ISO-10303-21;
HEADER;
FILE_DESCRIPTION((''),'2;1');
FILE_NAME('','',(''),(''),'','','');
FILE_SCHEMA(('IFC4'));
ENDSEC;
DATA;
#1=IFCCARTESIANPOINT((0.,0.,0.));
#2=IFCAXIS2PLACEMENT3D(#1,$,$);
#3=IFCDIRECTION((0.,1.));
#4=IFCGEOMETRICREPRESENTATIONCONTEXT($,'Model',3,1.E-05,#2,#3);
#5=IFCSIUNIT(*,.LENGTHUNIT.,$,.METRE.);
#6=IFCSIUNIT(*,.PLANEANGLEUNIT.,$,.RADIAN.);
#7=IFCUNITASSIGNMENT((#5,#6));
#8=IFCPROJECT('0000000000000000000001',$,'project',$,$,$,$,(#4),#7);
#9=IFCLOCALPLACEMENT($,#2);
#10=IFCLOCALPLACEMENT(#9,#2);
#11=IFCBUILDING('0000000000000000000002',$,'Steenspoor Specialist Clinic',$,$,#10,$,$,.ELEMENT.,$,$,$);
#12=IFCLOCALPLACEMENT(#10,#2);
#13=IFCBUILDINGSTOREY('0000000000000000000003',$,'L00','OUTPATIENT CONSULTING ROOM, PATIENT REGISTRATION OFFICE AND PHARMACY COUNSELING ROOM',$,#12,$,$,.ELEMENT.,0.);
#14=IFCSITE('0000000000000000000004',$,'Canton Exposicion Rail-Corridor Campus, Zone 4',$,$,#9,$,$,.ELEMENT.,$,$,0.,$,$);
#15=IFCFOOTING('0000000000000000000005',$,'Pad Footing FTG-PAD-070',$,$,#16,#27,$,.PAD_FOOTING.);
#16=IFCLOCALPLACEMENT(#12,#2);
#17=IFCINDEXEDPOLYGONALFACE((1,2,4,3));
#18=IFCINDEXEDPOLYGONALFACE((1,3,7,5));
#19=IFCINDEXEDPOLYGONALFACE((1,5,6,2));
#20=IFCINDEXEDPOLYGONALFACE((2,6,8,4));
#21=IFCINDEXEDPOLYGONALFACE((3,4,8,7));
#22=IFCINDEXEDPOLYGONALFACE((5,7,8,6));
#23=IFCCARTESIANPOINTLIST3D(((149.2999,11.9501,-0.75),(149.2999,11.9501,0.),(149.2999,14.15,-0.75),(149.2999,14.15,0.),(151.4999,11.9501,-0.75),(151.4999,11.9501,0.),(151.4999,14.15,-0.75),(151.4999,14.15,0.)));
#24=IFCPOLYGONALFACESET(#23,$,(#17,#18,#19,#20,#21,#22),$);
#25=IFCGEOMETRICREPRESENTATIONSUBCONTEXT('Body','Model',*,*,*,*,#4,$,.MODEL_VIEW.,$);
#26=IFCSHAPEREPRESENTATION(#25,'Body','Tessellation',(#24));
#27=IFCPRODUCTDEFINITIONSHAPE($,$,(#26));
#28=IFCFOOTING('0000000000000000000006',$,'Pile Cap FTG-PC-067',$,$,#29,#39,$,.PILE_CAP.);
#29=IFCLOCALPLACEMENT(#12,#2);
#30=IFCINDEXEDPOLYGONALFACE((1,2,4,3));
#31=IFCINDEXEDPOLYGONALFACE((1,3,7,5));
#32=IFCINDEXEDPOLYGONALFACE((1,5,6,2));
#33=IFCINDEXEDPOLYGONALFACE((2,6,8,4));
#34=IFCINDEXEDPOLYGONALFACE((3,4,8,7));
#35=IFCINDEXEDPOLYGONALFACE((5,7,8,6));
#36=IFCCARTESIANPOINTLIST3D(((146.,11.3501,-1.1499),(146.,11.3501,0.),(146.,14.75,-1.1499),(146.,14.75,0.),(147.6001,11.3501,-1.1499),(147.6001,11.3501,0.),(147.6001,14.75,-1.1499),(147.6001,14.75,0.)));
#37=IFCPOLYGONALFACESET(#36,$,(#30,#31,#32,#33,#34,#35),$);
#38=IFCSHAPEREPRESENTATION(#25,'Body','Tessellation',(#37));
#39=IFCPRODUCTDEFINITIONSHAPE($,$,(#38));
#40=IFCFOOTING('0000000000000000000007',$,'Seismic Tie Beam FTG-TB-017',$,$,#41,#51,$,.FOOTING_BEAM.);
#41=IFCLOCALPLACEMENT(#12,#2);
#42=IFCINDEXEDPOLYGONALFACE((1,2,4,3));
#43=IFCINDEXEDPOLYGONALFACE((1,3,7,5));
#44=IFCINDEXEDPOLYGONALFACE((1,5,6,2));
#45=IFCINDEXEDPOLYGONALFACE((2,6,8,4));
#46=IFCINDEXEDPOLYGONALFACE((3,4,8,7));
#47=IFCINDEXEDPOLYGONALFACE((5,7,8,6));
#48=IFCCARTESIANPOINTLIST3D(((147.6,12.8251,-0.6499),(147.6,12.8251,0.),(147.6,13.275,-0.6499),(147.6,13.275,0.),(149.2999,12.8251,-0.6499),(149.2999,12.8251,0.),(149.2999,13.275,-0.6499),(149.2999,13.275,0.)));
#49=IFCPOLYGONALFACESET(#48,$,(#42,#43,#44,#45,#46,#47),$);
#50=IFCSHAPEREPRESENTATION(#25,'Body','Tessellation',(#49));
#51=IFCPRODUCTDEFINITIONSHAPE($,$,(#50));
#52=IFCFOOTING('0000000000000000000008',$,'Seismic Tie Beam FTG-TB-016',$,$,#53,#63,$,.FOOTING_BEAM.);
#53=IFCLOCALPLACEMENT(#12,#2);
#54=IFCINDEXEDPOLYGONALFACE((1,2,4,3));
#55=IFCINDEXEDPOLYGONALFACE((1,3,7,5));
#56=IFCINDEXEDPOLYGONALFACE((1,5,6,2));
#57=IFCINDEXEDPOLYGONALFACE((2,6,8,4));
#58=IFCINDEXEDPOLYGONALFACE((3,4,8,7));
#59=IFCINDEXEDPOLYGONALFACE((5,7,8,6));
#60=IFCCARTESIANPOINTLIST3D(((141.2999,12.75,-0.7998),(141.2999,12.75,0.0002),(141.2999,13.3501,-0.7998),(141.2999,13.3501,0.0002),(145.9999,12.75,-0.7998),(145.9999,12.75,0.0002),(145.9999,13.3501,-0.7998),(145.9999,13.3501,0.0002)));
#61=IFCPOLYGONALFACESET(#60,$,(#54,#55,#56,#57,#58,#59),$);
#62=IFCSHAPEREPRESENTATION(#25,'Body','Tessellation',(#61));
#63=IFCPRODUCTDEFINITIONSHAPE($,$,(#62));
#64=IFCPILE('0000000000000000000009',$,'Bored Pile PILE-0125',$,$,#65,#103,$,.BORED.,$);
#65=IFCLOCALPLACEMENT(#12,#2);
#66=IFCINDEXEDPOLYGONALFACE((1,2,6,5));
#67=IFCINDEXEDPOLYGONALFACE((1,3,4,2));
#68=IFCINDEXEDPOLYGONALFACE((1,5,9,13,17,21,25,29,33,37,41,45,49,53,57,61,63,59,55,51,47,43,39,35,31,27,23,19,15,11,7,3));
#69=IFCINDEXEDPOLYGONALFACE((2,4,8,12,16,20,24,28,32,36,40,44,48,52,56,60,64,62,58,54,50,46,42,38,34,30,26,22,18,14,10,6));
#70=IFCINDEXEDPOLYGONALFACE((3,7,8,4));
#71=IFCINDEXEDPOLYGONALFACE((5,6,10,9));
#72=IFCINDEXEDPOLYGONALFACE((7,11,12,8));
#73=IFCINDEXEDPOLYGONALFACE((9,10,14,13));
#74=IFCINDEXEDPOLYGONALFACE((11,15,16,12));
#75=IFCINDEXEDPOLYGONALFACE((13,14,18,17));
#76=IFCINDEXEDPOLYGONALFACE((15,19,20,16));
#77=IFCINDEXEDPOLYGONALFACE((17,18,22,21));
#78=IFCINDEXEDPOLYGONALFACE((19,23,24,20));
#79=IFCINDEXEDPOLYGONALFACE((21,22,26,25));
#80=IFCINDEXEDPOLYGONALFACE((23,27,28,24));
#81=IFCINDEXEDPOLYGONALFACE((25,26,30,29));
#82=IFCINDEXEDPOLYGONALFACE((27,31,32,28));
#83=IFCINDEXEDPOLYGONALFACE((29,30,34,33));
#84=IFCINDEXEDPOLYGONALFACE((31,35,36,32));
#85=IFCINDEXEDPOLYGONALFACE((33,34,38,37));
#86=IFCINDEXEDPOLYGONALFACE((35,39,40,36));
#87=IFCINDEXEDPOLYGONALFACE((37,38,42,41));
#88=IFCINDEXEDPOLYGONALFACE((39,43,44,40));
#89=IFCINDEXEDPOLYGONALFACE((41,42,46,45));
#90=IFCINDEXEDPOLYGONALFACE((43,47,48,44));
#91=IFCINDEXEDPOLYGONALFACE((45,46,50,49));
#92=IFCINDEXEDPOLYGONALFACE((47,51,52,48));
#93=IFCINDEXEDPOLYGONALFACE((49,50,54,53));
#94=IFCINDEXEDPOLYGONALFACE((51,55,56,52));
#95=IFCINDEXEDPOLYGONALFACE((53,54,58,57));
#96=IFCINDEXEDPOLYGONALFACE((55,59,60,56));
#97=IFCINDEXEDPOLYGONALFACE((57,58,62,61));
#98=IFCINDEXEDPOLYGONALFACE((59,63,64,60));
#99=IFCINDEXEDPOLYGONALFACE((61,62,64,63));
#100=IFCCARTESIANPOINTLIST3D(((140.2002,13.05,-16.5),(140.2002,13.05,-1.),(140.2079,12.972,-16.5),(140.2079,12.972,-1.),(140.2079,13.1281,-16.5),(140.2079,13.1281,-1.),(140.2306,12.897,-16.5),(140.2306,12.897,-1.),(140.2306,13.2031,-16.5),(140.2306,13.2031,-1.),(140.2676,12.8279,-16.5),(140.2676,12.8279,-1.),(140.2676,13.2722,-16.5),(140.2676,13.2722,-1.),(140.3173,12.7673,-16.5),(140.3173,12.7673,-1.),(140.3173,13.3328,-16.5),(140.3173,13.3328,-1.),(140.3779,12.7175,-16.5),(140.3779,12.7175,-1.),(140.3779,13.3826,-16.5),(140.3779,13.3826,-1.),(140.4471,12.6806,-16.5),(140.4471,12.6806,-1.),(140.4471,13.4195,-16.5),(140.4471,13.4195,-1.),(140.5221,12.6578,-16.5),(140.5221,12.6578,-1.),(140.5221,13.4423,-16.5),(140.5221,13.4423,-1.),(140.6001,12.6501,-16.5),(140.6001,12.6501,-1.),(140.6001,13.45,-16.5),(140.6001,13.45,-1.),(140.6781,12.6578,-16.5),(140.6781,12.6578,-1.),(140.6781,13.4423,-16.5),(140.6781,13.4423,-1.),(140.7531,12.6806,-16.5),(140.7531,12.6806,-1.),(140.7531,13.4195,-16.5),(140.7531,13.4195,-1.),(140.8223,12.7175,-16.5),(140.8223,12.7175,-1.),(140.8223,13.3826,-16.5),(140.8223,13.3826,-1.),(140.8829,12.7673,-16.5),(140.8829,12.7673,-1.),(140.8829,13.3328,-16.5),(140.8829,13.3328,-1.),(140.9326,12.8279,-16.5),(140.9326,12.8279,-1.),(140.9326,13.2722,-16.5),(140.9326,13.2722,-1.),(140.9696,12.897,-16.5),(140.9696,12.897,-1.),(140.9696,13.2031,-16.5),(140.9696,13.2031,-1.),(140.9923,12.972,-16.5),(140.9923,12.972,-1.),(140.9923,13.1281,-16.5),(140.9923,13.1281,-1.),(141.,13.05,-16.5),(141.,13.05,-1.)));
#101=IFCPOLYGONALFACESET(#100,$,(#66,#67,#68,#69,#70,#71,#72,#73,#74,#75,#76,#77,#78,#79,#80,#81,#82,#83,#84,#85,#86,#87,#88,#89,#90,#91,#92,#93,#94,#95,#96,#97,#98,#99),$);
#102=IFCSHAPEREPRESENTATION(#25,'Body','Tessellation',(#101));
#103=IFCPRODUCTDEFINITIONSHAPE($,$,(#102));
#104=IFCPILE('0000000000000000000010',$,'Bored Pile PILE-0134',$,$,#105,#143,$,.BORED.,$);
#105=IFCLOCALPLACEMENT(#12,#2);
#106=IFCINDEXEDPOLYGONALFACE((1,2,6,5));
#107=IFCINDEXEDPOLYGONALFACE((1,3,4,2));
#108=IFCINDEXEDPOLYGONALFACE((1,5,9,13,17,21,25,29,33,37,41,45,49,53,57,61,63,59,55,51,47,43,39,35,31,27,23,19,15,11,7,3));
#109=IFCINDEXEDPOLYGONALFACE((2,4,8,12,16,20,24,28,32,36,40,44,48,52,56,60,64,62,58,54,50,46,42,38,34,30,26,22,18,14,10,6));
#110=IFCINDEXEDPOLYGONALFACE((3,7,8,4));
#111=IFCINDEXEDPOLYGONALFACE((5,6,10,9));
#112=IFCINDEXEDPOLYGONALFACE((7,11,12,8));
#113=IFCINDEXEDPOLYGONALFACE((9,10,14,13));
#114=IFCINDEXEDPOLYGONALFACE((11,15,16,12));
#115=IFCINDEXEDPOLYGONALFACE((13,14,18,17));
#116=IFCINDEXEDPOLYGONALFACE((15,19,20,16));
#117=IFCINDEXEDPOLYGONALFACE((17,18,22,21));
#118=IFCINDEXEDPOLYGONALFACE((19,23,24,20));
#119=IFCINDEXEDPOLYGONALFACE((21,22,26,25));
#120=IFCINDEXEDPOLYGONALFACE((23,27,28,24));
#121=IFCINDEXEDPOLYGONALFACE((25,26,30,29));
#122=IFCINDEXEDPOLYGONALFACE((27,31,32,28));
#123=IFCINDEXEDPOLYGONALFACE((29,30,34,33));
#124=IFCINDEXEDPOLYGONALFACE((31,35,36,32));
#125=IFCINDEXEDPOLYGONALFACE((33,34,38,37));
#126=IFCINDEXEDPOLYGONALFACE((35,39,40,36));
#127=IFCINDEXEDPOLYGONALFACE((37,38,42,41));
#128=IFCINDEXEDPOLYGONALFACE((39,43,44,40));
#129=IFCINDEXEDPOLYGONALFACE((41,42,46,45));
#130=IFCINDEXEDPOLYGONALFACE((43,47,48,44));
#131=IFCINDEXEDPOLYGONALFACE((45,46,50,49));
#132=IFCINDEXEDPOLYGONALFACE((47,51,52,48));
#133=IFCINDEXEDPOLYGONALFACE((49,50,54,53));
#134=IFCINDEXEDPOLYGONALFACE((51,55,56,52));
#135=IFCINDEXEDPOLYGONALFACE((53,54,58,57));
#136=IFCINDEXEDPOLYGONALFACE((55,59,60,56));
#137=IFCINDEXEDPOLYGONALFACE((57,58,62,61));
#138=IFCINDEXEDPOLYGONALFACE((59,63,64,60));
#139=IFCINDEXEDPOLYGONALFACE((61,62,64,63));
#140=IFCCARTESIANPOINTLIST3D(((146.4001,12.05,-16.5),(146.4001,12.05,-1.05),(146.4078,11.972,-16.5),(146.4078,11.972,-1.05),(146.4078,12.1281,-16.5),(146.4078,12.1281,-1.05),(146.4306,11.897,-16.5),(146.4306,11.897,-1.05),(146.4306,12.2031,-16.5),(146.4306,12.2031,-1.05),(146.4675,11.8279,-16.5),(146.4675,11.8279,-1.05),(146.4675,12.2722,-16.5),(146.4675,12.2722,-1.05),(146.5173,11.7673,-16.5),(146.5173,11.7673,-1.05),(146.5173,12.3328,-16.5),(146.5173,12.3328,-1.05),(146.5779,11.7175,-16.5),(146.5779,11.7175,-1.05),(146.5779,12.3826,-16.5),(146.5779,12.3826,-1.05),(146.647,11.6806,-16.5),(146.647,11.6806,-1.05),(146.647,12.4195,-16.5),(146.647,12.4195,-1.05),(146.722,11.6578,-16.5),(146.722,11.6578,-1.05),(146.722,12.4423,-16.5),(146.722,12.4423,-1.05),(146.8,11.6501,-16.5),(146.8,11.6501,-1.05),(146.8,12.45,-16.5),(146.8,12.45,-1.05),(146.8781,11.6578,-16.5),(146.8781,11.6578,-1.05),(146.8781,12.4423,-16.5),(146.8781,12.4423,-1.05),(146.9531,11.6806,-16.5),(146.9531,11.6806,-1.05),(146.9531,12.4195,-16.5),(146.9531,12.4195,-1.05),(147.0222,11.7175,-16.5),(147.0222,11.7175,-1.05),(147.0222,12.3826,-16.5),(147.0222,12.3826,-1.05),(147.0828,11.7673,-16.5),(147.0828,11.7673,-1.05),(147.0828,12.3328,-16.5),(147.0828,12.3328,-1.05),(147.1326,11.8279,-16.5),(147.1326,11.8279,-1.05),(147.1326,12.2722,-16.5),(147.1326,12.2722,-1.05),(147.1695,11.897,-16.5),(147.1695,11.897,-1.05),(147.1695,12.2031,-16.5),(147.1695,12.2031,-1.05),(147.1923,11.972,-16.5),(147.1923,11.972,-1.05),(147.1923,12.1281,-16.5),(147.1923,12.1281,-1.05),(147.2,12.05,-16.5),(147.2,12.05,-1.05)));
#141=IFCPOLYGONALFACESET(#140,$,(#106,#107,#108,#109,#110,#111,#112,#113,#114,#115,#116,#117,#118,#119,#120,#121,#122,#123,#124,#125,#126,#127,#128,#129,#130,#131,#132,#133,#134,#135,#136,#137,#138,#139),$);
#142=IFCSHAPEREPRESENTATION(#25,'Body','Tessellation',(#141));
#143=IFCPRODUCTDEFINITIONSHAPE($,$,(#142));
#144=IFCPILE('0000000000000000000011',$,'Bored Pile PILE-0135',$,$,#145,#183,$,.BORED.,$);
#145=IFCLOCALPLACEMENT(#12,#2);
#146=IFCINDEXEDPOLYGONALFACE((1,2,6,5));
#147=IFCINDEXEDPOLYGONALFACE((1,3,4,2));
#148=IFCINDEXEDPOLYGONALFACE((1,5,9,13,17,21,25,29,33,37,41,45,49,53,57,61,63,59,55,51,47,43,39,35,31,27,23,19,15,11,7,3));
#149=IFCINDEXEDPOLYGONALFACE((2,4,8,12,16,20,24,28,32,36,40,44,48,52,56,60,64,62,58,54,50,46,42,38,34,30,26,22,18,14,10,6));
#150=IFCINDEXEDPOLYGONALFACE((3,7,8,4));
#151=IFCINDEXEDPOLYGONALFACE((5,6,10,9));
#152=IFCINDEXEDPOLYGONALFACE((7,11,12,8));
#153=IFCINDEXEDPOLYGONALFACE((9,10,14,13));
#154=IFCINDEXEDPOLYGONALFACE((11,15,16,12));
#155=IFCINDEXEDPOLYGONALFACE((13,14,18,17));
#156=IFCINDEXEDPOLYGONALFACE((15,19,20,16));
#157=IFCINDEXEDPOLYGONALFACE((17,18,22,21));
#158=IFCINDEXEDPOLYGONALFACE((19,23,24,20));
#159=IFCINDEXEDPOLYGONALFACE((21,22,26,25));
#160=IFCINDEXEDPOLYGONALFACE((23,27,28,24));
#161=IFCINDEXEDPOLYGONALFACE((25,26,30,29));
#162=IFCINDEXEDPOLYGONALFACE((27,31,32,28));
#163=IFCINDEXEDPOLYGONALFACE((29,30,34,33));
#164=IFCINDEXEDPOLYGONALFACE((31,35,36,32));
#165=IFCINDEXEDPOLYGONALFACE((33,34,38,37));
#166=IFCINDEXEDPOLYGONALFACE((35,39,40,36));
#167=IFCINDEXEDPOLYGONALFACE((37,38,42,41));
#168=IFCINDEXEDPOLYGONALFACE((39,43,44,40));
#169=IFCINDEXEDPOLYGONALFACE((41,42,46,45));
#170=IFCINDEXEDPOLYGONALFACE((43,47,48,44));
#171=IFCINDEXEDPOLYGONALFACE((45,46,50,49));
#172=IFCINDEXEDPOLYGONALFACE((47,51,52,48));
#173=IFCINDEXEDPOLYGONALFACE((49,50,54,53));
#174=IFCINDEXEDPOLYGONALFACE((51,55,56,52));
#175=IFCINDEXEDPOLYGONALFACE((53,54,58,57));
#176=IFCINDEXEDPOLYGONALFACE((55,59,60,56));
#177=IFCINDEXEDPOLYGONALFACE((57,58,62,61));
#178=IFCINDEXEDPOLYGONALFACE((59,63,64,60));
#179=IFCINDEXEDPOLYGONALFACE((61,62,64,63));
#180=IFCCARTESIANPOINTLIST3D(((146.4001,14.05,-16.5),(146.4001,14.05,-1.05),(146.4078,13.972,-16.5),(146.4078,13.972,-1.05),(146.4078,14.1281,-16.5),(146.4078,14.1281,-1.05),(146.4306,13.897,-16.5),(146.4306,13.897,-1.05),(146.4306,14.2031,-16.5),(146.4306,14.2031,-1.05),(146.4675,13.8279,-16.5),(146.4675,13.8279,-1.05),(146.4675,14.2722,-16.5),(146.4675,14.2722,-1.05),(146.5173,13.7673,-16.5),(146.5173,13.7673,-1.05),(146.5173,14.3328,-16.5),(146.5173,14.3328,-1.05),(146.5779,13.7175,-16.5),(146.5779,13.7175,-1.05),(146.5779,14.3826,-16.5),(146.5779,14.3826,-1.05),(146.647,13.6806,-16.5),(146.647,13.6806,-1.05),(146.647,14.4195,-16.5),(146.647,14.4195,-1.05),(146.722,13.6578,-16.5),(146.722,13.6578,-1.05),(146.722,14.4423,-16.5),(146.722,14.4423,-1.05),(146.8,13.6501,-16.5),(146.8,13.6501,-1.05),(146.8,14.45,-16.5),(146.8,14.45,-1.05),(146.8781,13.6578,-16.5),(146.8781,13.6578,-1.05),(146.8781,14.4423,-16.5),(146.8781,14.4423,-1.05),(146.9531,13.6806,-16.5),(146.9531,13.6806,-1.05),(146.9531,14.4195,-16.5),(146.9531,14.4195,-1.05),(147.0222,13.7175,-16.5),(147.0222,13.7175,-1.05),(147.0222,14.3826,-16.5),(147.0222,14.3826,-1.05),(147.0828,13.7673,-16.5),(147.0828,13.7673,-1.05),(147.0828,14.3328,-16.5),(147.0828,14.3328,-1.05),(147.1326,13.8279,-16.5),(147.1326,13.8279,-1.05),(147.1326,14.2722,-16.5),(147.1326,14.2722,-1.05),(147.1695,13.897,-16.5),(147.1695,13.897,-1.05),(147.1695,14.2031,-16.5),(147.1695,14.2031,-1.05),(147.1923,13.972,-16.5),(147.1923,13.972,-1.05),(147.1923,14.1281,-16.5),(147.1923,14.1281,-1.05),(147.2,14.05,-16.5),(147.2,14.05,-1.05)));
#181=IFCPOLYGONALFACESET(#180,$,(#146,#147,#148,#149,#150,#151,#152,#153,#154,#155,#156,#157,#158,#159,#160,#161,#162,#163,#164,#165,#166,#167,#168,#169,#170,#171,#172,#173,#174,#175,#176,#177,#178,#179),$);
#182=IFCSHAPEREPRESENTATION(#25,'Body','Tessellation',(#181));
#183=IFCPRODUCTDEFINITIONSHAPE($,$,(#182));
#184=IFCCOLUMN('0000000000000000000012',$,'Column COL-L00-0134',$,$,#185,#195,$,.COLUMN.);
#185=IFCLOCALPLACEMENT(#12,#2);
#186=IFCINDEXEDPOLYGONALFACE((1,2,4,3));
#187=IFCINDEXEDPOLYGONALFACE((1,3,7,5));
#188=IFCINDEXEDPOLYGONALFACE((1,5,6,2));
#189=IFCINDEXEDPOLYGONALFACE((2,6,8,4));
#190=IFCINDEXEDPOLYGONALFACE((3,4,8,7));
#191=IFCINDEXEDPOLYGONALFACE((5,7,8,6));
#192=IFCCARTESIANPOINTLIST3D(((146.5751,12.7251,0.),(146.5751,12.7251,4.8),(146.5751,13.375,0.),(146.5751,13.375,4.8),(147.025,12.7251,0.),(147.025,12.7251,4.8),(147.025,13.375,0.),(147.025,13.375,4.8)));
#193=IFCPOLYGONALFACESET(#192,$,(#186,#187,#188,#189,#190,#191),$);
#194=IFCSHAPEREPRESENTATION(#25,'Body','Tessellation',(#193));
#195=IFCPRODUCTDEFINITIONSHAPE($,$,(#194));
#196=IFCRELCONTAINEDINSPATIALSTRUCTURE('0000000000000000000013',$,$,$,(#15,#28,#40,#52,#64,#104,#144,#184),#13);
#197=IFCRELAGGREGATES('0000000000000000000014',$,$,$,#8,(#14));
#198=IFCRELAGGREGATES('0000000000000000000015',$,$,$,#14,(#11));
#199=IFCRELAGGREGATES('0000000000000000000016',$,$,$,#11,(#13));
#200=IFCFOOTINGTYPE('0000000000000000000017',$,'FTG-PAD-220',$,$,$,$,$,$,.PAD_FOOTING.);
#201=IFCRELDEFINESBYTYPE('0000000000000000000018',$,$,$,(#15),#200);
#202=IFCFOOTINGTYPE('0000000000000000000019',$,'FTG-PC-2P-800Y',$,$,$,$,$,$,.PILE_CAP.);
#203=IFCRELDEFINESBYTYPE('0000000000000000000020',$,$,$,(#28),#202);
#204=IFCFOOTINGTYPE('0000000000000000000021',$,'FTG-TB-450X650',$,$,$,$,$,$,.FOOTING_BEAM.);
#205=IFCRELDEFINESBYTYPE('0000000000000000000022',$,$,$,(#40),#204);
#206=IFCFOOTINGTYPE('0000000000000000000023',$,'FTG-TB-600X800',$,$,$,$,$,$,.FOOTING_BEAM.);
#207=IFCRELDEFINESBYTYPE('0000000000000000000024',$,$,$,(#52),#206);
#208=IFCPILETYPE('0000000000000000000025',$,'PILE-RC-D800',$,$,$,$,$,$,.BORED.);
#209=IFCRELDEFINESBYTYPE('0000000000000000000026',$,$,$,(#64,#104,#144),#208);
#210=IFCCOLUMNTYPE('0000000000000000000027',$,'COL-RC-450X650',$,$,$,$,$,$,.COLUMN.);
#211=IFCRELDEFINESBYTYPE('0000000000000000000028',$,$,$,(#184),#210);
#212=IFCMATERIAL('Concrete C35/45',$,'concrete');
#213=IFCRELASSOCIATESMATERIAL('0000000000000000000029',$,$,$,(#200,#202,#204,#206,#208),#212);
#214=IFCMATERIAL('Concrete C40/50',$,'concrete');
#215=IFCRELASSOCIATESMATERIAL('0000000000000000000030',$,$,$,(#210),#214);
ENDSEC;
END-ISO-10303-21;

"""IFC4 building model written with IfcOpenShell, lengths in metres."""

from ifc_helpers import new_model, si_unit, direction, frame, origin, origin_2d, place, context, subcontext, project, spatial, rectangle, circle, extrude, material, material_profile, profile_set, type_object, element, save


model = new_model("IFC4")

# Units and contexts
model_context = context("Model", 3, precision=1e-05, world=origin(), true_north=direction((0.0, 1.0)))
body_context = subcontext(model_context, "Body", "Model", "MODEL_VIEW")
ifc_project = project(units=[si_unit("LENGTHUNIT", "METRE"), si_unit("PLANEANGLEUNIT", "RADIAN")], contexts=[model_context])

# Site, building, storey
site_placement = place(None, origin())
site = spatial("IfcSite", under=ifc_project, at=site_placement, Name="Canton Exposicion Rail-Corridor Campus, Zone 4", CompositionType="ELEMENT", RefElevation=0.0)
building_placement = place(site_placement, origin())
building = spatial("IfcBuilding", under=site, at=building_placement, Name="Steenspoor Specialist Clinic", CompositionType="ELEMENT")
storey_placement = place(building_placement, origin())
storey = spatial("IfcBuildingStorey", under=building, at=storey_placement, Name="L00", Description="OUTPATIENT CONSULTING ROOM, PATIENT REGISTRATION OFFICE AND PHARMACY COUNSELING ROOM", CompositionType="ELEMENT", Elevation=0.0)

# Footings
ifc_material_1 = material(Name="Concrete C35/45", Category="concrete")
footing_type_1 = type_object("IfcFootingType", Name="FTG-PAD-220", PredefinedType="PAD_FOOTING", material=ifc_material_1)
footing_1_placement = place(storey_placement, frame((150.3999, 13.05, -0.75), z_axis=(0.0, 0.0, 1.0), x_axis=(1.0, 0.0, 0.0)))
element("IfcFooting", 1, at=footing_1_placement, inside=storey, type_object=footing_type_1, Name="Pad Footing FTG-PAD-070", PredefinedType="PAD_FOOTING", context=body_context, shape_type="SweptSolid", body=[
    extrude(rectangle(XDim=2.2, YDim=2.2, at=origin_2d()), origin(), (0.0, 0.0, 1.0), 0.75),
])
footing_type_2 = type_object("IfcFootingType", Name="FTG-PC-2P-800Y", PredefinedType="PILE_CAP", material=ifc_material_1)
footing_2_placement = place(storey_placement, frame((146.8, 13.05, -1.1499), z_axis=(0.0, 0.0, 1.0), x_axis=(1.0, 0.0, 0.0)))
element("IfcFooting", 2, at=footing_2_placement, inside=storey, type_object=footing_type_2, Name="Pile Cap FTG-PC-067", PredefinedType="PILE_CAP", context=body_context, shape_type="SweptSolid", body=[
    extrude(rectangle(XDim=1.6001, YDim=3.3999, at=origin_2d()), origin(), (0.0, 0.0, 1.0), 1.1499),
])
footing_type_3 = type_object("IfcFootingType", Name="FTG-TB-450X650", PredefinedType="FOOTING_BEAM", material=ifc_material_1)
footing_3_placement = place(storey_placement, frame((148.45, 13.05, -0.6499), z_axis=(0.0, 0.0, 1.0), x_axis=(1.0, 0.0, 0.0)))
element("IfcFooting", 3, at=footing_3_placement, inside=storey, type_object=footing_type_3, Name="Seismic Tie Beam FTG-TB-017", PredefinedType="FOOTING_BEAM", context=body_context, shape_type="SweptSolid", body=[
    extrude(rectangle(XDim=1.7, YDim=0.45, at=origin_2d()), origin(), (0.0, 0.0, 1.0), 0.6499),
])
footing_type_4 = type_object("IfcFootingType", Name="FTG-TB-600X800", PredefinedType="FOOTING_BEAM", material=ifc_material_1)
footing_4_placement = place(storey_placement, frame((143.6499, 13.05, -0.7998), z_axis=(0.0, 0.0, 1.0), x_axis=(1.0, 0.0, 0.0)))
element("IfcFooting", 4, at=footing_4_placement, inside=storey, type_object=footing_type_4, Name="Seismic Tie Beam FTG-TB-016", PredefinedType="FOOTING_BEAM", context=body_context, shape_type="SweptSolid", body=[
    extrude(rectangle(XDim=4.7, YDim=0.6001, at=origin_2d()), origin(), (0.0, 0.0, 1.0), 0.8),
])

# Piles
ifc_material_profile_1 = material_profile(ifc_material_1, circle(Radius=0.3999, at=origin_2d()), Name="PILE-D800")
ifc_profile_set_1 = profile_set([ifc_material_profile_1], Name="Concrete C35/45")
pile_type = type_object("IfcPileType", Name="PILE-RC-D800", PredefinedType="BORED", material=ifc_profile_set_1)
pile_placement = place(storey_placement, frame((140.6001, 13.05, -1.0), z_axis=(0.0, 0.0, -1.0), x_axis=(1.0, 0.0, 0.0)))
element("IfcPile", 5, at=pile_placement, inside=storey, type_object=pile_type, Name="Bored Pile PILE-0125", PredefinedType="BORED", context=body_context, shape_type="SweptSolid", body=[
    extrude(circle(Radius=0.3999, at=origin_2d()), origin(), (0.0, 0.0, 1.0), 15.5),
])
for number, where, z_axis, x_axis, name in (
    (6, (146.8, 12.05, -1.05), (0.0, 0.0, -1.0), (1.0, 0.0, 0.0), "Bored Pile PILE-0134"),
    (7, (146.8, 14.05, -1.05), (0.0, 0.0, -1.0), (1.0, 0.0, 0.0), "Bored Pile PILE-0135"),
):
    element("IfcPile", number, at=place(storey_placement, frame(where, z_axis=z_axis, x_axis=x_axis)), inside=storey, type_object=pile_type, Name=name, PredefinedType="BORED", context=body_context, shape_type="SweptSolid", body=[
        extrude(circle(Radius=0.3999, at=origin_2d()), origin(), (0.0, 0.0, 1.0), 15.45),
    ])

# Column
ifc_material_2 = material(Name="Concrete C40/50", Category="concrete")
ifc_material_profile_2 = material_profile(ifc_material_2, rectangle(XDim=0.45, YDim=0.6499, at=origin_2d()), Name="RC-COL-450X650")
ifc_profile_set_2 = profile_set([ifc_material_profile_2], Name="Concrete C40/50")
column_type_1 = type_object("IfcColumnType", Name="COL-RC-450X650", PredefinedType="COLUMN", material=ifc_profile_set_2)
column_1_placement = place(storey_placement, frame((146.8, 13.05, 0.0), z_axis=(0.0, 0.0, 1.0), x_axis=(1.0, 0.0, 0.0)))
element("IfcColumn", 8, at=column_1_placement, inside=storey, type_object=column_type_1, Name="Column COL-L00-0134", PredefinedType="COLUMN", context=body_context, shape_type="SweptSolid", body=[
    extrude(rectangle(XDim=0.45, YDim=0.6499, at=origin_2d()), origin(), (0.0, 0.0, 1.0), 4.8),
])

save(model, "model.ifc")
